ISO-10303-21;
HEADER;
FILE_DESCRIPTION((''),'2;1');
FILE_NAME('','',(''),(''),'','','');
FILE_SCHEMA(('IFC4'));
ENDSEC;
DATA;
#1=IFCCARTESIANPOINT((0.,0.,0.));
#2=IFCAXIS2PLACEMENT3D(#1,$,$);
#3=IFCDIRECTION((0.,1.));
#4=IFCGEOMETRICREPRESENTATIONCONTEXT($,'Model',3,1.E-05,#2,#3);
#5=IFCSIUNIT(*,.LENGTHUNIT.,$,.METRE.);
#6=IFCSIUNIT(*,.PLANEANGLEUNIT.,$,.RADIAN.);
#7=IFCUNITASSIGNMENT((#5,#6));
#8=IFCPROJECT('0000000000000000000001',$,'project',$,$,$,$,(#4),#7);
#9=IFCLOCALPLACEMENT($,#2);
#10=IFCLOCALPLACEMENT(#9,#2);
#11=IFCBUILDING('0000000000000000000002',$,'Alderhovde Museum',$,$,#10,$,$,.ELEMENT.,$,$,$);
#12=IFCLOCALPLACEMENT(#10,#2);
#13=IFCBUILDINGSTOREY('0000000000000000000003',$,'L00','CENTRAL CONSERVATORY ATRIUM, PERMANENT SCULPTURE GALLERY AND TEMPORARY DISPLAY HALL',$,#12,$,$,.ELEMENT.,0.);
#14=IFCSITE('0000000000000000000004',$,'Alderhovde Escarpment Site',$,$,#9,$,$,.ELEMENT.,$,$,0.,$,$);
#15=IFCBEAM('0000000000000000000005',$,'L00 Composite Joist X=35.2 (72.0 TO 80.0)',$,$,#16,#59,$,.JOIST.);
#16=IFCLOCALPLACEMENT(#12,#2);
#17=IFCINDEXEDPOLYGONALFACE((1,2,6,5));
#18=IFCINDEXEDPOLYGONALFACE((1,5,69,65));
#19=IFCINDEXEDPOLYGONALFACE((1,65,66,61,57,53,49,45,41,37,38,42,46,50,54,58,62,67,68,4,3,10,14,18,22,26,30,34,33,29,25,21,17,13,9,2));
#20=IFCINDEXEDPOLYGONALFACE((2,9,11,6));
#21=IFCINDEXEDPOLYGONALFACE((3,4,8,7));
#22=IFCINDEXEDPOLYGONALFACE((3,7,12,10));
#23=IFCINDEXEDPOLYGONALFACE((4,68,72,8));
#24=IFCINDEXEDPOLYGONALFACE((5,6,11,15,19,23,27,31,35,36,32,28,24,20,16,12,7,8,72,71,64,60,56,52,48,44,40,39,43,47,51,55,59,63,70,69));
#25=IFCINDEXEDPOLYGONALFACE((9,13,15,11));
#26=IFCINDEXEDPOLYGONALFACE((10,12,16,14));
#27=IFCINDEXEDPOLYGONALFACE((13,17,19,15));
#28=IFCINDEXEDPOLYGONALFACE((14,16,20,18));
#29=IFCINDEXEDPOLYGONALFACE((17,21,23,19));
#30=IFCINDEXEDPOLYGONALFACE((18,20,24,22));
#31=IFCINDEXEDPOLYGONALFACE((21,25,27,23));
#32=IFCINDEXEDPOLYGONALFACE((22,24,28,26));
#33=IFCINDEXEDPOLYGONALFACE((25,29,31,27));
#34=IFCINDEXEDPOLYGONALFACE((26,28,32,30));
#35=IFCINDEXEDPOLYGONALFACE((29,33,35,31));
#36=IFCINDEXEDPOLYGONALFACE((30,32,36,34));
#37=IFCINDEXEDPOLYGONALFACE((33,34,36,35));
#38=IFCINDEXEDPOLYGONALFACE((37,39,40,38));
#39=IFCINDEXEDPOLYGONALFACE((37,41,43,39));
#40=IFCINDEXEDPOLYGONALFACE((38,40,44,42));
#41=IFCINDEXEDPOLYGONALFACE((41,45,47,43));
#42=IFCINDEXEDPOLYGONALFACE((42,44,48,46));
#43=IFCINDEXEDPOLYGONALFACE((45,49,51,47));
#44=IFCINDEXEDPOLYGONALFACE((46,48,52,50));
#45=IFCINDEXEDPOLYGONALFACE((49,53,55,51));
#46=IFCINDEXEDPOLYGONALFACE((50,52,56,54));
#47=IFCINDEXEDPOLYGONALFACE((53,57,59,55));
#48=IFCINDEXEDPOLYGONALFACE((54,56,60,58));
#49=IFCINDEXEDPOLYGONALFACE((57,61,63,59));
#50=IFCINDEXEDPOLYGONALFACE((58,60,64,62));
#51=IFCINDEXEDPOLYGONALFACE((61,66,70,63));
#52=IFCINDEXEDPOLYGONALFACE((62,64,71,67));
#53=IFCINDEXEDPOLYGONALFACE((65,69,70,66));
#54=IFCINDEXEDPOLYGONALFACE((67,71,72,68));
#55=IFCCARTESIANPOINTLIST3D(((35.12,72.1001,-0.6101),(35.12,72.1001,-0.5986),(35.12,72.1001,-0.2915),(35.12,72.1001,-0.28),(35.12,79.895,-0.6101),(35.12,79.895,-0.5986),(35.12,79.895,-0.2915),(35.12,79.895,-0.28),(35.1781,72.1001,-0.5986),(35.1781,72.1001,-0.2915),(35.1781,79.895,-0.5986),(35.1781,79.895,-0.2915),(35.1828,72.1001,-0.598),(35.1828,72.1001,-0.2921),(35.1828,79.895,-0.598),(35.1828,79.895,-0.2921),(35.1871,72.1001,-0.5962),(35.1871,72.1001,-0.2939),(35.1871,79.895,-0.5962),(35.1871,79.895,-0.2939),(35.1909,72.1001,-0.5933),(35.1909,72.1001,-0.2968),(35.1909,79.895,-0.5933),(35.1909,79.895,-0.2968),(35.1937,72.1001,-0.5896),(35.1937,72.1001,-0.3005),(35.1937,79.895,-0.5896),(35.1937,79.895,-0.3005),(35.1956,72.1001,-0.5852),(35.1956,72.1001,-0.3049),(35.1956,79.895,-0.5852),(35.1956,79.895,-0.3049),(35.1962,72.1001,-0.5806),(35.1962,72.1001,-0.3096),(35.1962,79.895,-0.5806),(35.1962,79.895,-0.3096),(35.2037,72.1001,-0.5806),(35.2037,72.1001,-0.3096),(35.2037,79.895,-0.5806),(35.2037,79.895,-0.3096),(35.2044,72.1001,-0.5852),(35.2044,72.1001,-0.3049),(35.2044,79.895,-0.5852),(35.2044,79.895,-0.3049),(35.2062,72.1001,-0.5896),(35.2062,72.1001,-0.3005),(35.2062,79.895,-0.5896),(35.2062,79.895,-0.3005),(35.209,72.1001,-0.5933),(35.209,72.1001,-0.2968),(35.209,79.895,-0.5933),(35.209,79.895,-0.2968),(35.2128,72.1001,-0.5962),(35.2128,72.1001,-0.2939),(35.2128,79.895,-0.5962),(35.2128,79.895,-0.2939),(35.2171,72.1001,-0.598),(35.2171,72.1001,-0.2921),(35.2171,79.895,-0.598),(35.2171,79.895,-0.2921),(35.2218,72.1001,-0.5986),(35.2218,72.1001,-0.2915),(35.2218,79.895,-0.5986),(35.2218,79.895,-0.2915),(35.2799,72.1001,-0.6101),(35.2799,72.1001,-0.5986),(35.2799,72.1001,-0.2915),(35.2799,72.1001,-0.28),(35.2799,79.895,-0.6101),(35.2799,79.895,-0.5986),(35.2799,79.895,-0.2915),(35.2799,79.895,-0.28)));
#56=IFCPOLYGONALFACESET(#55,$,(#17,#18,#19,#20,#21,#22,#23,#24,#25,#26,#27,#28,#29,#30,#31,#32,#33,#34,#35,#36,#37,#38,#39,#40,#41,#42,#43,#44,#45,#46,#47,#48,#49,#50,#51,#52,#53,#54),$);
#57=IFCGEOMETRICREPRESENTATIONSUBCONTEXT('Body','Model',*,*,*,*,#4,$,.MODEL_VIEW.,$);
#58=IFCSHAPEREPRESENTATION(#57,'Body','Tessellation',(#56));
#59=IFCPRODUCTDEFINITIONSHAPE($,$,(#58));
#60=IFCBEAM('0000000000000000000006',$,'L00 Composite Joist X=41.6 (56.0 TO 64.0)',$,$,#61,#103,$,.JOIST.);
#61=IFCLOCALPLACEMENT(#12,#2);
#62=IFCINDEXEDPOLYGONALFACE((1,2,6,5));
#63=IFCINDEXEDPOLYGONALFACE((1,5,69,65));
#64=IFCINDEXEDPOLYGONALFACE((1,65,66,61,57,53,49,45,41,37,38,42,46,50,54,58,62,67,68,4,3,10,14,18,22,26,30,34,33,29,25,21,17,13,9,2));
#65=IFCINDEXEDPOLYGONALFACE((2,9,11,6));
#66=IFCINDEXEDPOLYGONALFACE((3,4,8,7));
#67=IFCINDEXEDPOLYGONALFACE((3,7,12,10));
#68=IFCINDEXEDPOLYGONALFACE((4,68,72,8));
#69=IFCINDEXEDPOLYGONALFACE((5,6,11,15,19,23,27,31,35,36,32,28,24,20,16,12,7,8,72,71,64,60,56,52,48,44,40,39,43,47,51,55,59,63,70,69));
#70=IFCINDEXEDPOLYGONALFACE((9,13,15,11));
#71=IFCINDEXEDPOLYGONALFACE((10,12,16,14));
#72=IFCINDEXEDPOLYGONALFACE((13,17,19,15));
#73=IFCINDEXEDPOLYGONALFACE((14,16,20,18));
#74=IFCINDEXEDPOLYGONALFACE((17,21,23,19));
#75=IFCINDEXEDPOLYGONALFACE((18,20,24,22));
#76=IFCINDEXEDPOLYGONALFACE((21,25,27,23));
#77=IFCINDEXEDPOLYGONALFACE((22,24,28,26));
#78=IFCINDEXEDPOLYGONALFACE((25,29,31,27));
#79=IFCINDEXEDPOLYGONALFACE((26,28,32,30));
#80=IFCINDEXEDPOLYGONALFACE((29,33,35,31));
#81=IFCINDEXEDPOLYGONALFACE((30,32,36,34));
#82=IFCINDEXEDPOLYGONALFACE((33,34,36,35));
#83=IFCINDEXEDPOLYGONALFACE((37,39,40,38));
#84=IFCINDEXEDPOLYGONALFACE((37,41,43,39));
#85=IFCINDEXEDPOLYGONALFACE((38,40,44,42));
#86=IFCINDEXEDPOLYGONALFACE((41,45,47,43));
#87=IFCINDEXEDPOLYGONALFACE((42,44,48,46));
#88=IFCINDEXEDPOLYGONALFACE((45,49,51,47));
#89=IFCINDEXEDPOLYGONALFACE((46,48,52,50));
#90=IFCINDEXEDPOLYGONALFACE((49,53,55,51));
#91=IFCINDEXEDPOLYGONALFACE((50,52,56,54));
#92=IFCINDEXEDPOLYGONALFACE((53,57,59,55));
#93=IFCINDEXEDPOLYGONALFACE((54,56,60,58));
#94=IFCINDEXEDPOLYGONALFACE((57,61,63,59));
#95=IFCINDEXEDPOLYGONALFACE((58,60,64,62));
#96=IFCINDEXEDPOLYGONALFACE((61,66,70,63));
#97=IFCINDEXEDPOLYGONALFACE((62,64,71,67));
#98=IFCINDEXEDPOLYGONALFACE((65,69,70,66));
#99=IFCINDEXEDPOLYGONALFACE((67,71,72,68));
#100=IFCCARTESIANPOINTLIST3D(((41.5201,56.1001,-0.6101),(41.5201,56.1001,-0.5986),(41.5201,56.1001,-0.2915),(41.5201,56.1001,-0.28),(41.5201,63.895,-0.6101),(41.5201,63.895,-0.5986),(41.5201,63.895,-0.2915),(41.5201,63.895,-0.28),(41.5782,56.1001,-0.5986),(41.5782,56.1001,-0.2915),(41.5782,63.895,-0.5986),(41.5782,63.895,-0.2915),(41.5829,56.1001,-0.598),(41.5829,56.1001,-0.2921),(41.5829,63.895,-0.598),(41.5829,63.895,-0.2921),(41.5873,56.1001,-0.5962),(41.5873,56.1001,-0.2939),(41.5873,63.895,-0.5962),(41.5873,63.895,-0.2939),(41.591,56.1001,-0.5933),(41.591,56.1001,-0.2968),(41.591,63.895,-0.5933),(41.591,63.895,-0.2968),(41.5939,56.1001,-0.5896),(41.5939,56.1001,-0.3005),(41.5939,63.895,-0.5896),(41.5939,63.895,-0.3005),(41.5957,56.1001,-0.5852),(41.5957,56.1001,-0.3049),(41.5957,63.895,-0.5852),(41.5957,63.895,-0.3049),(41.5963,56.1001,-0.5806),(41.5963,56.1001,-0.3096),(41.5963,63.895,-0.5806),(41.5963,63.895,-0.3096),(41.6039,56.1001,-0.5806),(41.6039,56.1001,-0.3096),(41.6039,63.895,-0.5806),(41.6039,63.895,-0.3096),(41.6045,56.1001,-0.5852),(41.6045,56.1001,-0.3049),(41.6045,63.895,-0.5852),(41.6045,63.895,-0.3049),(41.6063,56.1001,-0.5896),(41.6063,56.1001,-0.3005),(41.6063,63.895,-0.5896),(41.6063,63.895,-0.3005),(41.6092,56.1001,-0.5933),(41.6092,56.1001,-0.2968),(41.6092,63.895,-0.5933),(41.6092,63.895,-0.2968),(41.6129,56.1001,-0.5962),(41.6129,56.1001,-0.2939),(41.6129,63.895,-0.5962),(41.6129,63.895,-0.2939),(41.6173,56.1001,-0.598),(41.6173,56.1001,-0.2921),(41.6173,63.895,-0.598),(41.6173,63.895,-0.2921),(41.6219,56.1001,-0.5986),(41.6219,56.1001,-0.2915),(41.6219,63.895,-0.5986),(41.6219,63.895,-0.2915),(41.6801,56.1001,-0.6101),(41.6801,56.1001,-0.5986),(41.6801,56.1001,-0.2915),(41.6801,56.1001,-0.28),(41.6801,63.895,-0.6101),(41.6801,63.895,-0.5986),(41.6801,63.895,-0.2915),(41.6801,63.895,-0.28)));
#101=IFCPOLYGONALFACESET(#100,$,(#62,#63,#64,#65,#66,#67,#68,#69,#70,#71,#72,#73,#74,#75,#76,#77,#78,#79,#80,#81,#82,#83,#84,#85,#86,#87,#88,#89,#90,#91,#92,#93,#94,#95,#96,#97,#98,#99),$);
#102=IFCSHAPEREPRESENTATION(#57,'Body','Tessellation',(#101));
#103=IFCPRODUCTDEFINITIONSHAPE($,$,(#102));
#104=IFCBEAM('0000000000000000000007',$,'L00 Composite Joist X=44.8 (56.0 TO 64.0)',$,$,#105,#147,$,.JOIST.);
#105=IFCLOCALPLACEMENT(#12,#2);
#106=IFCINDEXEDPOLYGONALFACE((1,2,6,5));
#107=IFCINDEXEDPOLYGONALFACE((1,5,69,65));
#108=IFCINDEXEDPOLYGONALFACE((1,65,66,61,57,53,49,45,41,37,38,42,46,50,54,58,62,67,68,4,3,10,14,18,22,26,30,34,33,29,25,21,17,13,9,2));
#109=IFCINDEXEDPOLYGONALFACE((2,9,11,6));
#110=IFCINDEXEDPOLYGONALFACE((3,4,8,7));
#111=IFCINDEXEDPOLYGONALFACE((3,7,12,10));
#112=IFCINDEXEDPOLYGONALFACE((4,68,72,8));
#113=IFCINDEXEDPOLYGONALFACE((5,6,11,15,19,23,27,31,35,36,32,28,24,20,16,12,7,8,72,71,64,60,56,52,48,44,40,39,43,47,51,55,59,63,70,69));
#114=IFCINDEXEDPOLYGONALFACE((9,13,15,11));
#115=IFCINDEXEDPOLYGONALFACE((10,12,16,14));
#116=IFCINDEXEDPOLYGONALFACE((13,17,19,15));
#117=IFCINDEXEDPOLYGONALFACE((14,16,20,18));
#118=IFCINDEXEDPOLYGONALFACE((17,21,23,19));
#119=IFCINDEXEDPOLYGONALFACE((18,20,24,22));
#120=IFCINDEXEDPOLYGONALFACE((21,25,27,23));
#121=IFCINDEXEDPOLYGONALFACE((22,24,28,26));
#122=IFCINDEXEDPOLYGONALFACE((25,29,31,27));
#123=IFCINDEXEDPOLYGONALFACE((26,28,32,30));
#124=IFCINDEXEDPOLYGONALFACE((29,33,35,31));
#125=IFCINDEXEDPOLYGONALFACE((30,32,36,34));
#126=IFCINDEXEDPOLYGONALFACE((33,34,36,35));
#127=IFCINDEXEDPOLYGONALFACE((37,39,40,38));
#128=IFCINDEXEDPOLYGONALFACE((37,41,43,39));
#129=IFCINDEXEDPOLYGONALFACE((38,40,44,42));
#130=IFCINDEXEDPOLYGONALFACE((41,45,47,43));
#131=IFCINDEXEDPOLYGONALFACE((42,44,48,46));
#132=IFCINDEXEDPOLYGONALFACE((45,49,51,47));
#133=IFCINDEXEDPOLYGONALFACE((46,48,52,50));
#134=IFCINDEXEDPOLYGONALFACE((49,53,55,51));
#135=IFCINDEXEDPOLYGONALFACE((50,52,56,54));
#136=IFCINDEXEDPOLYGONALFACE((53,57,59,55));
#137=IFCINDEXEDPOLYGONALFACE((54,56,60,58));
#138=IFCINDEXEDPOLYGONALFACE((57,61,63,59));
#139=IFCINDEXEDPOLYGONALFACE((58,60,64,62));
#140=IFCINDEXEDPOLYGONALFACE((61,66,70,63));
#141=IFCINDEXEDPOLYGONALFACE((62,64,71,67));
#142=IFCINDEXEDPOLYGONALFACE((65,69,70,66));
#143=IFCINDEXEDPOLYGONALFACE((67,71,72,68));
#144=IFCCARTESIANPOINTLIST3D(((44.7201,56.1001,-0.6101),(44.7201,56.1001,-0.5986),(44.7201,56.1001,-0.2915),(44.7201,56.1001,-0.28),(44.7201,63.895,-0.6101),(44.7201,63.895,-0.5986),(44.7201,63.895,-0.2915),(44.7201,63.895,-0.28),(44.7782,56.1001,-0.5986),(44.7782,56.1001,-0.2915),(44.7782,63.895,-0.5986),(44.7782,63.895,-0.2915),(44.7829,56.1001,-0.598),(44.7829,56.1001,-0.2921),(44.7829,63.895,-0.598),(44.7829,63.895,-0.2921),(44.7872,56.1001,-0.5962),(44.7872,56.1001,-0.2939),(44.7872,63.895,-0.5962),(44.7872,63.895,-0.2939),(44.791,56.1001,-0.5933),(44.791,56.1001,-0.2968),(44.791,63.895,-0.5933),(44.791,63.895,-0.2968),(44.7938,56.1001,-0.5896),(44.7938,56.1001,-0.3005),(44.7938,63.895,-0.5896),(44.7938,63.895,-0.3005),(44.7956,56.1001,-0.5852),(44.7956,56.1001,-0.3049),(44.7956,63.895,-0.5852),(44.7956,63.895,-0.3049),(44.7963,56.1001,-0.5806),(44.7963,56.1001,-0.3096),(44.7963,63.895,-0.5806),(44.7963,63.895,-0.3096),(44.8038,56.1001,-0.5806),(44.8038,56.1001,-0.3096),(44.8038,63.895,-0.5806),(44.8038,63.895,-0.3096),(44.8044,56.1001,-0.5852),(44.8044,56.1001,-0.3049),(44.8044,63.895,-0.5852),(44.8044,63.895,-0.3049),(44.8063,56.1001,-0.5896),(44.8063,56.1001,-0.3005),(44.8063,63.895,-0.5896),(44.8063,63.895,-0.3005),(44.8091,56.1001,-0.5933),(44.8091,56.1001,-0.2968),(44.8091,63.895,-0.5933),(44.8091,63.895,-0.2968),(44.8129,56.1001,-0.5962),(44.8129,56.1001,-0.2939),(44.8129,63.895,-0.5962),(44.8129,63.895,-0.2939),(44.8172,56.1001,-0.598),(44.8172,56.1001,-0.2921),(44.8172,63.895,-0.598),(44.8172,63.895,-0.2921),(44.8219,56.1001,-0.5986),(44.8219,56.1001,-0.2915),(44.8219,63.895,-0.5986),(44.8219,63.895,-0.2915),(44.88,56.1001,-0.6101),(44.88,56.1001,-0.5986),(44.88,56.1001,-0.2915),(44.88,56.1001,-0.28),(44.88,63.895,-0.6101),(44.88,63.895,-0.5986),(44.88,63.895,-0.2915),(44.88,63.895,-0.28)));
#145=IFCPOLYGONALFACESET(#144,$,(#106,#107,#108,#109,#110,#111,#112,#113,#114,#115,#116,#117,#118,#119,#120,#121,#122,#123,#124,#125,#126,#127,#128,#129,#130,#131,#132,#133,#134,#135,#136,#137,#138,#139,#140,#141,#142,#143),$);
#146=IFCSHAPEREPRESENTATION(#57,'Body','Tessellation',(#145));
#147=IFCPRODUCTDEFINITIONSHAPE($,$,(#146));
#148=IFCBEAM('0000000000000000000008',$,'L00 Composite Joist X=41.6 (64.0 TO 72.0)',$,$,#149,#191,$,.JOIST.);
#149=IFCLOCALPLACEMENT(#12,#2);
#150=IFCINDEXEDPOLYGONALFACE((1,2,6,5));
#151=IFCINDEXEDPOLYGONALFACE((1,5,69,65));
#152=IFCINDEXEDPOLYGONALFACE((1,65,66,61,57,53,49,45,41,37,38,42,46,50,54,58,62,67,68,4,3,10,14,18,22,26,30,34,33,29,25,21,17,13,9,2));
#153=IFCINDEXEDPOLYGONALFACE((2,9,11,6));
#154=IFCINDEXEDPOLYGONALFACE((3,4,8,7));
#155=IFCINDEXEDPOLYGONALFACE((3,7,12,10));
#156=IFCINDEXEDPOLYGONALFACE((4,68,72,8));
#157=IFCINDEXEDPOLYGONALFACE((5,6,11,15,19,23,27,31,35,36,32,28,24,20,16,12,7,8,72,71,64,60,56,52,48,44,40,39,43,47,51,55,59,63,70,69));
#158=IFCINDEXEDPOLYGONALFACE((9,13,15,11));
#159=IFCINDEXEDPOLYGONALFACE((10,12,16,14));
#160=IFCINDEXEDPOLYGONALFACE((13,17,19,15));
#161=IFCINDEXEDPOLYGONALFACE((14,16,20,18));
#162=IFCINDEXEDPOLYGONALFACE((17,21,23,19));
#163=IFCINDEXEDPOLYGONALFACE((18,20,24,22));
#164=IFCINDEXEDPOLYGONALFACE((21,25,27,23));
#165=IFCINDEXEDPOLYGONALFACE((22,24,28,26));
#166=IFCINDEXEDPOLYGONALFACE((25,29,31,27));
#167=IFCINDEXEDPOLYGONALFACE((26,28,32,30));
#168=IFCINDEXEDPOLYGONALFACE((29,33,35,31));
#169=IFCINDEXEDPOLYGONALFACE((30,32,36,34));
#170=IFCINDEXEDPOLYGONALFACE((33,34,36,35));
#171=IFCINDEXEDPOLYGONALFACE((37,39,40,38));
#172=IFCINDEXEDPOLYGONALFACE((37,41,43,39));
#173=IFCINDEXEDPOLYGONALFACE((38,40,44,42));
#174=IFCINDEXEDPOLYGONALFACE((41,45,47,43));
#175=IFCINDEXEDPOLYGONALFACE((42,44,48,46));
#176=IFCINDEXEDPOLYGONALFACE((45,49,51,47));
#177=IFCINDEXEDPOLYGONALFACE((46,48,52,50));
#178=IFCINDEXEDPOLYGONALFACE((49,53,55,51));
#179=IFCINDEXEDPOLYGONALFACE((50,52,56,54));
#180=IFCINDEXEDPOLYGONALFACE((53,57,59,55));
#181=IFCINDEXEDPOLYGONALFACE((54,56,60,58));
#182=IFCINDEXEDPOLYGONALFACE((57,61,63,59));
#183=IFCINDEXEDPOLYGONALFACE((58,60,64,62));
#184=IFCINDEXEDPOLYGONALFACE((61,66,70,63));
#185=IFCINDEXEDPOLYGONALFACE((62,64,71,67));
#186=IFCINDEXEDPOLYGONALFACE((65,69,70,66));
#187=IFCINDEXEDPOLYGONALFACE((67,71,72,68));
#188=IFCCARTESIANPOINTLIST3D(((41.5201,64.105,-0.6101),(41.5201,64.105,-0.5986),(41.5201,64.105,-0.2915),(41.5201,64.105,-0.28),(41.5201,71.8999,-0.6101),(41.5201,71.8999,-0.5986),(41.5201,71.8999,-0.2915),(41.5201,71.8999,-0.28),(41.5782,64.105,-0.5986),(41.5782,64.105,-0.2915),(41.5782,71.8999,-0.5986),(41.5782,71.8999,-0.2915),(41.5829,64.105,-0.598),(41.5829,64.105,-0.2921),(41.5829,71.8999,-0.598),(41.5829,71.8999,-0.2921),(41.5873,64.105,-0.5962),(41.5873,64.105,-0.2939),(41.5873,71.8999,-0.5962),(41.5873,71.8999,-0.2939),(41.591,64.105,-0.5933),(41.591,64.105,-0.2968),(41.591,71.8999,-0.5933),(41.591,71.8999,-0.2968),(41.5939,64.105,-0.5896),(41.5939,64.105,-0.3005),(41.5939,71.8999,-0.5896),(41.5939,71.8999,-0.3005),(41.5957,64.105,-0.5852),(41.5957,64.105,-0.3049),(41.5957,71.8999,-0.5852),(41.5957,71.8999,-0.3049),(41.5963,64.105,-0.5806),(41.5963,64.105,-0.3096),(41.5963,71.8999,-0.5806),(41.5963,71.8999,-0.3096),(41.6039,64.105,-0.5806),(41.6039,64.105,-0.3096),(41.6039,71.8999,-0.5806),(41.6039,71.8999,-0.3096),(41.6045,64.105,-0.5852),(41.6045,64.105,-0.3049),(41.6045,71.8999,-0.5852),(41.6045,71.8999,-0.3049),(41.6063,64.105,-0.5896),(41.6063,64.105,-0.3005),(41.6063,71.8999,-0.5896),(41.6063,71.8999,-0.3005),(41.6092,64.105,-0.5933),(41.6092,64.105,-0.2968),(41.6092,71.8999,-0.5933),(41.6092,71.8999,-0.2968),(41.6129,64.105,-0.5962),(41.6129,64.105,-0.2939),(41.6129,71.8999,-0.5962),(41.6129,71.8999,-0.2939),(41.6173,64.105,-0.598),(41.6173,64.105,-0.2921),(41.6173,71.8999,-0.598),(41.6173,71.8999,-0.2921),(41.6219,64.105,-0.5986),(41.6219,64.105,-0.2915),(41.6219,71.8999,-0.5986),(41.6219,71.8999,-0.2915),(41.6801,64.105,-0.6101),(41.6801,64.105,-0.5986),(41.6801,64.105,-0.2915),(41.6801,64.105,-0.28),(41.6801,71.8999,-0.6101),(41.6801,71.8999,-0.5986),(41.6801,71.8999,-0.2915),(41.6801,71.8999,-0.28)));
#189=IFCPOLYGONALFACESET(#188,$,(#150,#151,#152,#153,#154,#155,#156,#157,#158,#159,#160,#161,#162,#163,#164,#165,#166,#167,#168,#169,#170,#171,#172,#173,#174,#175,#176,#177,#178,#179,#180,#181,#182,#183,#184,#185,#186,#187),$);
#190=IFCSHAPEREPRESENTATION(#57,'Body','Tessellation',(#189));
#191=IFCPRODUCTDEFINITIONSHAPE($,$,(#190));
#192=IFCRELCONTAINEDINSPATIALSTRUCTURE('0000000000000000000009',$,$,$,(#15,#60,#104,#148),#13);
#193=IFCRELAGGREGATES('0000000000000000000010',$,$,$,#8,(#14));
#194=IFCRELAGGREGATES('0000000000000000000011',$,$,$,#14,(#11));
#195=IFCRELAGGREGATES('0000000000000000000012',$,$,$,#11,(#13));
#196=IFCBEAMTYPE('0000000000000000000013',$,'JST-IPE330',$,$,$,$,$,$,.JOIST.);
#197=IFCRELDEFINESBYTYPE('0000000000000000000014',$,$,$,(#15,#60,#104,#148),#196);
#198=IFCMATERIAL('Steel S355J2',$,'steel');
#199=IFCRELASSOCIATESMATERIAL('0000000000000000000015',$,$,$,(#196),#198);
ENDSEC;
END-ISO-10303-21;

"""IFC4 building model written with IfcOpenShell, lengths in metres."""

from ifc_helpers import new_model, si_unit, direction, frame, origin, origin_2d, place, context, subcontext, project, spatial, i_section, extrude, material, material_profile, profile_set, type_object, element, save


model = new_model("IFC4")

# Units and contexts
model_context = context("Model", 3, precision=1e-05, world=origin(), true_north=direction((0.0, 1.0)))
body_context = subcontext(model_context, "Body", "Model", "MODEL_VIEW")
ifc_project = project(units=[si_unit("LENGTHUNIT", "METRE"), si_unit("PLANEANGLEUNIT", "RADIAN")], contexts=[model_context])

# Site, building, storey
site_placement = place(None, origin())
site = spatial("IfcSite", under=ifc_project, at=site_placement, Name="Alderhovde Escarpment Site", CompositionType="ELEMENT", RefElevation=0.0)
building_placement = place(site_placement, origin())
building = spatial("IfcBuilding", under=site, at=building_placement, Name="Alderhovde Museum", CompositionType="ELEMENT")
storey_placement = place(building_placement, origin())
storey = spatial("IfcBuildingStorey", under=building, at=storey_placement, Name="L00", Description="CENTRAL CONSERVATORY ATRIUM, PERMANENT SCULPTURE GALLERY AND TEMPORARY DISPLAY HALL", CompositionType="ELEMENT", Elevation=0.0)

# Beams
ifc_material_1 = material(Name="Steel S355J2", Category="steel")
ifc_material_profile_1 = material_profile(ifc_material_1, i_section(OverallWidth=0.1599, OverallDepth=0.3301, WebThickness=0.0076, FlangeThickness=0.0115, FilletRadius=0.0181, at=origin_2d()), Name="IPE 330")
ifc_profile_set_1 = profile_set([ifc_material_profile_1], Name="Steel S355J2")
beam_type_1 = type_object("IfcBeamType", Name="JST-IPE330", PredefinedType="JOIST", material=ifc_profile_set_1)
for number, where, z_axis, x_axis, name in (
    (1, (35.2, 72.1001, -0.4451), (0.0, 1.0, 0.0), (-1.0, 0.0, 0.0), "L00 Composite Joist X=35.2 (72.0 TO 80.0)"),
    (2, (41.6001, 56.1001, -0.4451), (0.0, 1.0, 0.0), (-1.0, 0.0, 0.0), "L00 Composite Joist X=41.6 (56.0 TO 64.0)"),
    (3, (44.8, 56.1001, -0.4451), (0.0, 1.0, 0.0), (-1.0, 0.0, 0.0), "L00 Composite Joist X=44.8 (56.0 TO 64.0)"),
    (4, (41.6001, 64.105, -0.4451), (0.0, 1.0, 0.0), (-1.0, 0.0, 0.0), "L00 Composite Joist X=41.6 (64.0 TO 72.0)"),
):
    element("IfcBeam", number, at=place(storey_placement, frame(where, z_axis=z_axis, x_axis=x_axis)), inside=storey, type_object=beam_type_1, Name=name, PredefinedType="JOIST", context=body_context, shape_type="SweptSolid", body=[
        extrude(i_section(OverallWidth=0.1599, OverallDepth=0.3301, WebThickness=0.0076, FlangeThickness=0.0115, FilletRadius=0.0181, at=origin_2d()), origin(), (0.0, 0.0, 1.0), 7.7949),
    ])

save(model, "model.ifc")
